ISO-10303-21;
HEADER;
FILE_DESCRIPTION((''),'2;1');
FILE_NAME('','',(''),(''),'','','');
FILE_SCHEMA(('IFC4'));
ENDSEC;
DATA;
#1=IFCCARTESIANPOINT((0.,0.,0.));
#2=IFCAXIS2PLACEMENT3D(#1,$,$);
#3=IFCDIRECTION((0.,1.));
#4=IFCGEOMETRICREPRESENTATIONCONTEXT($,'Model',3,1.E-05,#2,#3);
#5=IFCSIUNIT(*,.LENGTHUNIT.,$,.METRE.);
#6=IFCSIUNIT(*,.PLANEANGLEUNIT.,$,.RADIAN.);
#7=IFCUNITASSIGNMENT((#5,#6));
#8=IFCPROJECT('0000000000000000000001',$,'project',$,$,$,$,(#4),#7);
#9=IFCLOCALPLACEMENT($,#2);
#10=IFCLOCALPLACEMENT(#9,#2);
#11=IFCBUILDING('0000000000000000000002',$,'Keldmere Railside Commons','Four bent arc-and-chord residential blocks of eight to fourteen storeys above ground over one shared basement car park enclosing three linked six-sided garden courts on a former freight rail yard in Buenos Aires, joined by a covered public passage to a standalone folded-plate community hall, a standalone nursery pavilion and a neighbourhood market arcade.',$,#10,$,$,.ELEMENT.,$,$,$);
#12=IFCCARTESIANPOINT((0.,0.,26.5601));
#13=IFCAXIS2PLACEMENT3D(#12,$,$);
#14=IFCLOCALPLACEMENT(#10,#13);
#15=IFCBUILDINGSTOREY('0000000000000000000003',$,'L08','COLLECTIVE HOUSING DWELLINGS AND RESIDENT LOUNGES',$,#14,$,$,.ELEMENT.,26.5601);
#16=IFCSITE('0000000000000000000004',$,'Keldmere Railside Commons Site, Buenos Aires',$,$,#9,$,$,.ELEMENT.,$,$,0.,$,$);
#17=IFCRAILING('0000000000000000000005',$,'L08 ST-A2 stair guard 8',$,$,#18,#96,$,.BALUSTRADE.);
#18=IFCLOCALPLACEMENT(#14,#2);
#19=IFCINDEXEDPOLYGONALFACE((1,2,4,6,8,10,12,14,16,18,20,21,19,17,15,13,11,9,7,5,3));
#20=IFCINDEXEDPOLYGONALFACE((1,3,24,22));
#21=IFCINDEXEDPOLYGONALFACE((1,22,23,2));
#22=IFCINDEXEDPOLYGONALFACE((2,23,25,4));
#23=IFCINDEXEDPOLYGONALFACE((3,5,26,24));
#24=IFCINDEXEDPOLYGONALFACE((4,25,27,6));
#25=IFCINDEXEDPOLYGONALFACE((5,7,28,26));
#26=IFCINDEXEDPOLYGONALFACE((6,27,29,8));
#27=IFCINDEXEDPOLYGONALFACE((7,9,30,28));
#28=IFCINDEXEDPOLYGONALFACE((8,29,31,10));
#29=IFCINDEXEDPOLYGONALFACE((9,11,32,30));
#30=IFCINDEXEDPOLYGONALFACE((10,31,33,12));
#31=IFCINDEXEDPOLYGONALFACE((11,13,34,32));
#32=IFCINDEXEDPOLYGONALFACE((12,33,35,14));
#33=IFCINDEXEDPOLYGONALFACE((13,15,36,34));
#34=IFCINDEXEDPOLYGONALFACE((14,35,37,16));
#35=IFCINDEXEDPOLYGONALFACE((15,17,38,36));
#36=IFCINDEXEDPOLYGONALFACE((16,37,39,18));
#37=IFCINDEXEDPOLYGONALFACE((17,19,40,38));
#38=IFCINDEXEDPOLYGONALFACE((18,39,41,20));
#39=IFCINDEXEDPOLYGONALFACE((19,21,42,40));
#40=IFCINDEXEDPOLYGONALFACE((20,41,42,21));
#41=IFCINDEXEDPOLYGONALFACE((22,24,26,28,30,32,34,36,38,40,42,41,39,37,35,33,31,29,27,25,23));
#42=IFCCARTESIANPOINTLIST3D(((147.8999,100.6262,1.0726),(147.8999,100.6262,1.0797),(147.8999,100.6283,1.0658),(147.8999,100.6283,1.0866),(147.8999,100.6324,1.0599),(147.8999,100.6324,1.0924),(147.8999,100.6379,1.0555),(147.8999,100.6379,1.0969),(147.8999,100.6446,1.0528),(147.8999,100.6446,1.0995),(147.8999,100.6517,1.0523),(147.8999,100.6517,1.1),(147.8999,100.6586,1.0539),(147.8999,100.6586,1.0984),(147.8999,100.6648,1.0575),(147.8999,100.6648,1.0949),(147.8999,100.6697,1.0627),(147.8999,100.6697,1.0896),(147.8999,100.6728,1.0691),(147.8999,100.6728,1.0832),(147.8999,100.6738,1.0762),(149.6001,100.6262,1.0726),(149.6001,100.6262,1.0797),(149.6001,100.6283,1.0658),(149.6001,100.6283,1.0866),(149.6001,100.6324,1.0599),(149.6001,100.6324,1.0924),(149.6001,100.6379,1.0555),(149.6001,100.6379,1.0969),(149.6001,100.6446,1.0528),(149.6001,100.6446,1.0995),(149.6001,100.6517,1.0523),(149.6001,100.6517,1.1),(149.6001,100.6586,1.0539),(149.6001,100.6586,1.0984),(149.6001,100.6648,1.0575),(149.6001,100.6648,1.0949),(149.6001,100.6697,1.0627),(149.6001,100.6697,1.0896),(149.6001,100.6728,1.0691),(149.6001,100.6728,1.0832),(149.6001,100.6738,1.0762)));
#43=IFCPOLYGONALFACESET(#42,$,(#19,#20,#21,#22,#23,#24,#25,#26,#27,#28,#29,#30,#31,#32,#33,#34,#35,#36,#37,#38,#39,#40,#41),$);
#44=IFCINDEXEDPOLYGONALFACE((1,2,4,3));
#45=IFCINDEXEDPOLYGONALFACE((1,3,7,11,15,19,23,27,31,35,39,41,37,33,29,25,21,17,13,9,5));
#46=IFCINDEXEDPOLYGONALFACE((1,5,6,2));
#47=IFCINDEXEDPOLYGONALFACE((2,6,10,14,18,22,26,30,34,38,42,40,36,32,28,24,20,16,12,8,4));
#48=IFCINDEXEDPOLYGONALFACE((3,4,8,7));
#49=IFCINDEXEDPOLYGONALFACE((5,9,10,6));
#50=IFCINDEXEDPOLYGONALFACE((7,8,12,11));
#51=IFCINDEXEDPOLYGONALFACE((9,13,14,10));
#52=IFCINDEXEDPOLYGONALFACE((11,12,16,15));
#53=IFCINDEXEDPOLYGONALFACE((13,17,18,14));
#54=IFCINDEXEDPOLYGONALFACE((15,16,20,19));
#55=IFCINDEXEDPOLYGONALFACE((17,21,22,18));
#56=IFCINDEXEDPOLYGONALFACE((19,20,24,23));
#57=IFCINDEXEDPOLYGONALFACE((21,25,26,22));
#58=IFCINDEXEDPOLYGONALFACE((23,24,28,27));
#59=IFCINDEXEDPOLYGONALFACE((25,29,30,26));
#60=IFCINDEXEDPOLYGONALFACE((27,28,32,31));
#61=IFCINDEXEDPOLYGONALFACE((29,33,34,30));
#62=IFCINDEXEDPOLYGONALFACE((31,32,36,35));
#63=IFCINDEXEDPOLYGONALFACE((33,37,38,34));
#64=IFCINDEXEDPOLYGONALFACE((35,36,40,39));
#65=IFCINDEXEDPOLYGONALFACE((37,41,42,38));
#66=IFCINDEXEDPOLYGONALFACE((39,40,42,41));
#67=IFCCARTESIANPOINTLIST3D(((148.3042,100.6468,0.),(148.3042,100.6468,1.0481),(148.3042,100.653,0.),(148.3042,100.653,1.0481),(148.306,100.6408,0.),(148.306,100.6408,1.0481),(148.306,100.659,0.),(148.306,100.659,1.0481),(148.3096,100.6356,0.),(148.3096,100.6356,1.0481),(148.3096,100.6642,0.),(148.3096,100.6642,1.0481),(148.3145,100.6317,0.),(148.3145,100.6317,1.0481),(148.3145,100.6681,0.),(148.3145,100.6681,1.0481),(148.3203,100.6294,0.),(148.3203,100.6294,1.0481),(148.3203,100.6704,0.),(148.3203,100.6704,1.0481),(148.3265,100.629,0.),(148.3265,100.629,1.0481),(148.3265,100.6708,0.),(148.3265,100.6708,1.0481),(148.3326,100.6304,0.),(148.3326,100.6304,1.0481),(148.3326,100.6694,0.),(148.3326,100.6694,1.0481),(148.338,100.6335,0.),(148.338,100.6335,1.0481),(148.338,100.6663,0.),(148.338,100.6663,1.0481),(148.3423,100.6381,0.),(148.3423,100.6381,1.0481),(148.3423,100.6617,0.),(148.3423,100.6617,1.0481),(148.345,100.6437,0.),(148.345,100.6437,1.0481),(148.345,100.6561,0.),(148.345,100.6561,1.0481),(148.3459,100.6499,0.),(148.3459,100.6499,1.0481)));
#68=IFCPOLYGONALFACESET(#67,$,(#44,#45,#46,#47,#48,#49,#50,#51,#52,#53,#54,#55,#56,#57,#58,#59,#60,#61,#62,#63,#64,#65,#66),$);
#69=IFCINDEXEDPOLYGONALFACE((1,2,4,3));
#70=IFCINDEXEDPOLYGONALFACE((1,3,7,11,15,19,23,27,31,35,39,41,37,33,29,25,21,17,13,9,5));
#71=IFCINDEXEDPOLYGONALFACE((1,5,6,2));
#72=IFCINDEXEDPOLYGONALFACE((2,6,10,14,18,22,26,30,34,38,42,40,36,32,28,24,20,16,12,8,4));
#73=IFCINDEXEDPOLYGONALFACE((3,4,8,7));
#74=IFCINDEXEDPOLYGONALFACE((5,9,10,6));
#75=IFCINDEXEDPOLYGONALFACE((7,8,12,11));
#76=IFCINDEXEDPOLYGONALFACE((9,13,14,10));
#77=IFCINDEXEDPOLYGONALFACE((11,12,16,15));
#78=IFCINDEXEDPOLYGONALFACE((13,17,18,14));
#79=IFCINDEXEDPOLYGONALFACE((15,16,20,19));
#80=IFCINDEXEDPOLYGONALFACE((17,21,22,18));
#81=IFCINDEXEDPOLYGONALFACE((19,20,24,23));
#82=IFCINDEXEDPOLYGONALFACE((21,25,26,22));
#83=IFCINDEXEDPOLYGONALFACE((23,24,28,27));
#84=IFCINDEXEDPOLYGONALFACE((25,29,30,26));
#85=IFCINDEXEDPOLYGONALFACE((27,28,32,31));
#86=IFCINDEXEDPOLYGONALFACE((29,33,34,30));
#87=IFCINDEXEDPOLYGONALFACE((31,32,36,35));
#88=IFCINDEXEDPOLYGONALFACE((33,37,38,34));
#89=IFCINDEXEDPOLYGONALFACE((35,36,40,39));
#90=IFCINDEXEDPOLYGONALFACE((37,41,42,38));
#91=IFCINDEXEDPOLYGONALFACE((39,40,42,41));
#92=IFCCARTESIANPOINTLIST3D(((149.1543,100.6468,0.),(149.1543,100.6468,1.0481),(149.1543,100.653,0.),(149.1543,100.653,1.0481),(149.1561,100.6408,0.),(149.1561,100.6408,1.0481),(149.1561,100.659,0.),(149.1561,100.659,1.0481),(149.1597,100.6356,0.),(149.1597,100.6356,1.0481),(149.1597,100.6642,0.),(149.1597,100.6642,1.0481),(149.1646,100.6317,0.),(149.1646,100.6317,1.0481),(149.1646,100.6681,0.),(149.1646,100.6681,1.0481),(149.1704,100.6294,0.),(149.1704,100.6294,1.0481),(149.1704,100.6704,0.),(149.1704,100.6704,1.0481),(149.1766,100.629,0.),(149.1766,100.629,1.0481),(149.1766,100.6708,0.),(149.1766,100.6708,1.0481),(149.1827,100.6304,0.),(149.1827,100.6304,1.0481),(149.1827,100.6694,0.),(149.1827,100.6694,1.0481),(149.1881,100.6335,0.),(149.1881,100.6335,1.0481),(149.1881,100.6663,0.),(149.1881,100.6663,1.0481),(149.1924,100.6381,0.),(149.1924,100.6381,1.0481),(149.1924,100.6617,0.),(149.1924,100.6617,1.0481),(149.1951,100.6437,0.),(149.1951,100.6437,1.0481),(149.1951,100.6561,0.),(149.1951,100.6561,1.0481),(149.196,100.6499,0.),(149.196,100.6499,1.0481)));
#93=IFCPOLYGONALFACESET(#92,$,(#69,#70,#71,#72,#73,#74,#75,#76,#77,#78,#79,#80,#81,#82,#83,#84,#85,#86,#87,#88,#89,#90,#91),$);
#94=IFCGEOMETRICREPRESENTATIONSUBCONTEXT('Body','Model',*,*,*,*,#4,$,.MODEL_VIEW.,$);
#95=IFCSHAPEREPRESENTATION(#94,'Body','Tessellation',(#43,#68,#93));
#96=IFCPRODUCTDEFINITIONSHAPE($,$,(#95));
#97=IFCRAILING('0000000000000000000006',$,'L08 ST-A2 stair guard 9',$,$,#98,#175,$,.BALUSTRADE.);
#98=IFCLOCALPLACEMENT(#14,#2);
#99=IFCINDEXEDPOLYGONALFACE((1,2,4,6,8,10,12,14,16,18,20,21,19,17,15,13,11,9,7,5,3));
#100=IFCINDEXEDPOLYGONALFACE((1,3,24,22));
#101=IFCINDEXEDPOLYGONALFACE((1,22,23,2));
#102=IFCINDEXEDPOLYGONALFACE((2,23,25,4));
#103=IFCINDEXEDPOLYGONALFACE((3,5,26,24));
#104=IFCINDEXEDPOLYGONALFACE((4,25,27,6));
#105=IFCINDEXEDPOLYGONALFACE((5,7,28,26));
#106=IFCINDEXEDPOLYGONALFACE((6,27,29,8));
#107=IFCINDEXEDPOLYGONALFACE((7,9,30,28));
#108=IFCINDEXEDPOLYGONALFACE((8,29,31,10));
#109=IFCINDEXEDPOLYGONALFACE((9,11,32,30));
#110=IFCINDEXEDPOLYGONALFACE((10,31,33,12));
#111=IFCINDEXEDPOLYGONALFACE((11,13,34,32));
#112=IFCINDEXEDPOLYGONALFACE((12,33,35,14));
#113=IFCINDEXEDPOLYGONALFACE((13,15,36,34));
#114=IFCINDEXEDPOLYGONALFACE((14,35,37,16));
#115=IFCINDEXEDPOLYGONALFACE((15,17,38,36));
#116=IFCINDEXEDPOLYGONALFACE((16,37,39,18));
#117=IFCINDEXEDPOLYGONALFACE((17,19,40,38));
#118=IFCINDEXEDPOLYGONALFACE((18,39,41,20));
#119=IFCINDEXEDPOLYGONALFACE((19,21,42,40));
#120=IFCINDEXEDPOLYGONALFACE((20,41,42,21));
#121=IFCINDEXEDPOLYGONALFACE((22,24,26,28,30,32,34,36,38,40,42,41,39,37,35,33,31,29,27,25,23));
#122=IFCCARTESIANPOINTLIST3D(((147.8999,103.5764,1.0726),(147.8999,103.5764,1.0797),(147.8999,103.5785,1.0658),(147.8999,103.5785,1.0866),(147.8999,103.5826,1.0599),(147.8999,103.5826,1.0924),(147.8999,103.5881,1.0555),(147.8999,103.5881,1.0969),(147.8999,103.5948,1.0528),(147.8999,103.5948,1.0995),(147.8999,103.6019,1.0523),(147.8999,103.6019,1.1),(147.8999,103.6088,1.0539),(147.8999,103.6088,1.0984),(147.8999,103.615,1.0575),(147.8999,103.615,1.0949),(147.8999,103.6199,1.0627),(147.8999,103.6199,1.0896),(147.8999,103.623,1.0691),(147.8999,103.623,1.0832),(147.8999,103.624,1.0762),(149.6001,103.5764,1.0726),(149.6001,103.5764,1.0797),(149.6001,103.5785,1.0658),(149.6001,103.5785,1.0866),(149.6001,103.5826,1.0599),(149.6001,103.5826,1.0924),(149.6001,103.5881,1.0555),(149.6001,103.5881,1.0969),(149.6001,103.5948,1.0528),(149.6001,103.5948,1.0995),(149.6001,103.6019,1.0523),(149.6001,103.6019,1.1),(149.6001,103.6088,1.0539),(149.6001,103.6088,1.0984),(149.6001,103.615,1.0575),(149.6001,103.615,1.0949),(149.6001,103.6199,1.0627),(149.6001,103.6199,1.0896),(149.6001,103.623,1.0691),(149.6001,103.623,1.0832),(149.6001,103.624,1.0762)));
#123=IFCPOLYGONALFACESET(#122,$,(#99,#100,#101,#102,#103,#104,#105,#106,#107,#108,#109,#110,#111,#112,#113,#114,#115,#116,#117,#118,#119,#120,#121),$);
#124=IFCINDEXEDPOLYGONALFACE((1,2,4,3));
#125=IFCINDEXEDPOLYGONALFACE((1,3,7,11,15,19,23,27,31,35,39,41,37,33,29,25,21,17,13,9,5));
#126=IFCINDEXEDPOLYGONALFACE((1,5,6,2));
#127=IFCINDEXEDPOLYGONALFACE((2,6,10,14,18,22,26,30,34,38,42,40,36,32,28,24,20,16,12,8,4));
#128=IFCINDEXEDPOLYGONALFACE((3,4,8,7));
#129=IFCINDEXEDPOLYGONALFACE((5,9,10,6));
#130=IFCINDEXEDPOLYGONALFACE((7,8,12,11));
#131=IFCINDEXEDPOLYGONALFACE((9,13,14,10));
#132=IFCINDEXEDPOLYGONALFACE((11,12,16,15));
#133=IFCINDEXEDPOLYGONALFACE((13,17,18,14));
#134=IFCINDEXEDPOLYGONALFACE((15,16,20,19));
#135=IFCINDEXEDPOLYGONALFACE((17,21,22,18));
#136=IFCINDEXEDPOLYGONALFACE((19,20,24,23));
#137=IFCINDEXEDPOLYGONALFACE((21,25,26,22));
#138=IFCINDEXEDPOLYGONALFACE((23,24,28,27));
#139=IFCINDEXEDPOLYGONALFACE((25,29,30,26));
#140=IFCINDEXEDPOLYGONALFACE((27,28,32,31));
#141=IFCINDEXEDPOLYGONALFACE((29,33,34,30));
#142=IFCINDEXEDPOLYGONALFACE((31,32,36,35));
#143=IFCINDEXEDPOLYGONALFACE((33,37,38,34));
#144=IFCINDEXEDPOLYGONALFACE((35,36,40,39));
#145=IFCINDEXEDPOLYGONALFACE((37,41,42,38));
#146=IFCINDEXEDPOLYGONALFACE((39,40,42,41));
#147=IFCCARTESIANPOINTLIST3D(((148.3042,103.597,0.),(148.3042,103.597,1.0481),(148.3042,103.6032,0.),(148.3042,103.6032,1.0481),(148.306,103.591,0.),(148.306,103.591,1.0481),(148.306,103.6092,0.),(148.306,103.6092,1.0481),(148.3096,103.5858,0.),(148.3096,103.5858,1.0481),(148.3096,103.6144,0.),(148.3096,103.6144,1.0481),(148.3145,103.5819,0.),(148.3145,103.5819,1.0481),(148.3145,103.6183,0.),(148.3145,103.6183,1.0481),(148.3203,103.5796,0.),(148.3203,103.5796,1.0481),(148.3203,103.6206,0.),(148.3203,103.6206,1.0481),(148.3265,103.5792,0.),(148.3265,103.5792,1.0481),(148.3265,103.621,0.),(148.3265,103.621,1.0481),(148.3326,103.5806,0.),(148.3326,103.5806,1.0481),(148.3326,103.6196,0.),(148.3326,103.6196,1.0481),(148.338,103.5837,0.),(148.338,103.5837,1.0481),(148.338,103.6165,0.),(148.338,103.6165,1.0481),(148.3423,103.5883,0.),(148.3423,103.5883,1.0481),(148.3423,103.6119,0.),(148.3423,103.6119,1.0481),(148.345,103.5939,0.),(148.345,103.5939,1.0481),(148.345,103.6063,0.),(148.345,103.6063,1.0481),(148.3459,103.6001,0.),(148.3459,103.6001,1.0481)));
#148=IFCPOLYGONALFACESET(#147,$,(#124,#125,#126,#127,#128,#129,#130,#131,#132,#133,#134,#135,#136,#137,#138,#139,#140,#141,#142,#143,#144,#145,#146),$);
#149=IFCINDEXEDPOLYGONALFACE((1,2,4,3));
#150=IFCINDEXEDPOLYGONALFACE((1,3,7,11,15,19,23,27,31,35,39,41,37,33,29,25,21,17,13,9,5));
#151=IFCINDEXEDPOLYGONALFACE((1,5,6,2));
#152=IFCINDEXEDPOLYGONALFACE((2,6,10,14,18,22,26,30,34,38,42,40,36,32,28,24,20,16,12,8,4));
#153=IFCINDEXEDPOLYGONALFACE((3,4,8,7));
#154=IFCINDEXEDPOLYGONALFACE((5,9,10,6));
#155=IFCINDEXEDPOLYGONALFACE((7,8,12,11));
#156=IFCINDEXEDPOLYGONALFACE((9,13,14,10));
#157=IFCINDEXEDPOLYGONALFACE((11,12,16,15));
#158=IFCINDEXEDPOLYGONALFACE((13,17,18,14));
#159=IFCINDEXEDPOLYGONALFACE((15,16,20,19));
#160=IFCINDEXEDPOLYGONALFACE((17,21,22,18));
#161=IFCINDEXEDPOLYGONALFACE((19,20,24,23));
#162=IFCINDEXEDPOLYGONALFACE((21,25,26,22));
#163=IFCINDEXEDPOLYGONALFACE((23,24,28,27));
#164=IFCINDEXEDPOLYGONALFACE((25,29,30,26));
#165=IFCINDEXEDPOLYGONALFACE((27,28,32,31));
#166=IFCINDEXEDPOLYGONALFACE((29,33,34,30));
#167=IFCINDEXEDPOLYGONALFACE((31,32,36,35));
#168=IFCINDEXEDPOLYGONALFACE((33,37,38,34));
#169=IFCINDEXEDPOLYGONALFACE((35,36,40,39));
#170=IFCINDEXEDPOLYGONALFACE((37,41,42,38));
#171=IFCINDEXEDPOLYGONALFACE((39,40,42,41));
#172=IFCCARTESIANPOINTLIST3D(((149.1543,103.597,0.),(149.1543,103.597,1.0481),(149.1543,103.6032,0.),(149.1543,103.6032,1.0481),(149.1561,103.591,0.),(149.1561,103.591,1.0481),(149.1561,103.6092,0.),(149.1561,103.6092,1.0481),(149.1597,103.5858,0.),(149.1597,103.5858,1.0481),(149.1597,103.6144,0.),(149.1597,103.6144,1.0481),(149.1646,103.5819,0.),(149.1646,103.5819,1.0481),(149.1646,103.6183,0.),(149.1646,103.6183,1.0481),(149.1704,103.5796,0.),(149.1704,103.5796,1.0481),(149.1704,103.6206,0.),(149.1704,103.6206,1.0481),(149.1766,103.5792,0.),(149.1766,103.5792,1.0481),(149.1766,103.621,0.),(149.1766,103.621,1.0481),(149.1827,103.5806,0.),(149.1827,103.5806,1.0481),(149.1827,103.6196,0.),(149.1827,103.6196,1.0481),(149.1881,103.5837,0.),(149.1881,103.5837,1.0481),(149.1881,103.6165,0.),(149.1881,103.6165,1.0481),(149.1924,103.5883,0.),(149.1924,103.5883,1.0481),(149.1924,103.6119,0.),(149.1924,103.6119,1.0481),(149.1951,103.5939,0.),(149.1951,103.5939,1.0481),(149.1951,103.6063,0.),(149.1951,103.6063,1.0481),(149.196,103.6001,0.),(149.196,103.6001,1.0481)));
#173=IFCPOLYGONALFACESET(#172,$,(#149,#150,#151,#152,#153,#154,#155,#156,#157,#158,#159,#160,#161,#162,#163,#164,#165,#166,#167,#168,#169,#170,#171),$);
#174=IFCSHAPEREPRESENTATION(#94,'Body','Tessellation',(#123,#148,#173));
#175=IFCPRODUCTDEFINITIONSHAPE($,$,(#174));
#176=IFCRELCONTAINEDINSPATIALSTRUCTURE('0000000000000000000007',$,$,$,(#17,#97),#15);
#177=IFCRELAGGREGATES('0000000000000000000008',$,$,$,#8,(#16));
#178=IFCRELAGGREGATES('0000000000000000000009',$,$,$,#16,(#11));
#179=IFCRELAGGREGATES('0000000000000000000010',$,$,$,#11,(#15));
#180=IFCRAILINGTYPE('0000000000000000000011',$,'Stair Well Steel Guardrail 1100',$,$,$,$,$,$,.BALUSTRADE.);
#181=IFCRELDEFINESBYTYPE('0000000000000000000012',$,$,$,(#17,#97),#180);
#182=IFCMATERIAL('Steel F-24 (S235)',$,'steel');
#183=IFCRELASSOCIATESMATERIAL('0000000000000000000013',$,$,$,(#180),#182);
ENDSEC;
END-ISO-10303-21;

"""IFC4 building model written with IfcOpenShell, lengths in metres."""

from ifc_helpers import new_model, si_unit, direction, frame, origin, origin_2d, place, context, subcontext, project, spatial, circle, extrude, material, type_object, element, save


model = new_model("IFC4")

# Units and contexts
model_context = context("Model", 3, precision=1e-05, world=origin(), true_north=direction((0.0, 1.0)))
body_context = subcontext(model_context, "Body", "Model", "MODEL_VIEW")
ifc_project = project(units=[si_unit("LENGTHUNIT", "METRE"), si_unit("PLANEANGLEUNIT", "RADIAN")], contexts=[model_context])

# Site, building, storey
site_placement = place(None, origin())
site = spatial("IfcSite", under=ifc_project, at=site_placement, Name="Keldmere Railside Commons Site, Buenos Aires", CompositionType="ELEMENT", RefElevation=0.0)
building_placement = place(site_placement, origin())
building = spatial("IfcBuilding", under=site, at=building_placement, Name="Keldmere Railside Commons", Description="Four bent arc-and-chord residential blocks of eight to fourteen storeys above ground over one shared basement car park enclosing three linked six-sided garden courts on a former freight rail yard in Buenos Aires, joined by a covered public passage to a standalone folded-plate community hall, a standalone nursery pavilion and a neighbourhood market arcade.", CompositionType="ELEMENT")
storey_placement = place(building_placement, frame((0.0, 0.0, 26.5601)))
storey = spatial("IfcBuildingStorey", under=building, at=storey_placement, Name="L08", Description="COLLECTIVE HOUSING DWELLINGS AND RESIDENT LOUNGES", CompositionType="ELEMENT", Elevation=26.5601)

# Railings
ifc_material_1 = material(Name="Steel F-24 (S235)", Category="steel")
railing_type_1 = type_object("IfcRailingType", Name="Stair Well Steel Guardrail 1100", PredefinedType="BALUSTRADE", material=ifc_material_1)
for number, where, name in (
    (1, (147.8999, 100.6499, 0.0), "L08 ST-A2 stair guard 8"),
    (2, (147.8999, 103.6001, 0.0), "L08 ST-A2 stair guard 9"),
):
    element("IfcRailing", number, at=place(storey_placement, frame(where)), inside=storey, type_object=railing_type_1, Name=name, PredefinedType="BALUSTRADE", context=body_context, shape_type="SweptSolid", body=[
        extrude(circle(Radius=0.0239, at=origin_2d()), frame((0.0, 0.0, 1.0762), z_axis=(1.0, 0.0, 0.0), x_axis=(0.0, 1.0, 0.0)), (0.0, 0.0, 1.0), 1.7002),
        extrude(circle(Radius=0.021, at=origin_2d()), frame((0.425, 0.0, 0.0)), (0.0, 0.0, 1.0), 1.0481),
        extrude(circle(Radius=0.021, at=origin_2d()), frame((1.2751, 0.0, 0.0)), (0.0, 0.0, 1.0), 1.0481),
    ])

save(model, "model.ifc")
